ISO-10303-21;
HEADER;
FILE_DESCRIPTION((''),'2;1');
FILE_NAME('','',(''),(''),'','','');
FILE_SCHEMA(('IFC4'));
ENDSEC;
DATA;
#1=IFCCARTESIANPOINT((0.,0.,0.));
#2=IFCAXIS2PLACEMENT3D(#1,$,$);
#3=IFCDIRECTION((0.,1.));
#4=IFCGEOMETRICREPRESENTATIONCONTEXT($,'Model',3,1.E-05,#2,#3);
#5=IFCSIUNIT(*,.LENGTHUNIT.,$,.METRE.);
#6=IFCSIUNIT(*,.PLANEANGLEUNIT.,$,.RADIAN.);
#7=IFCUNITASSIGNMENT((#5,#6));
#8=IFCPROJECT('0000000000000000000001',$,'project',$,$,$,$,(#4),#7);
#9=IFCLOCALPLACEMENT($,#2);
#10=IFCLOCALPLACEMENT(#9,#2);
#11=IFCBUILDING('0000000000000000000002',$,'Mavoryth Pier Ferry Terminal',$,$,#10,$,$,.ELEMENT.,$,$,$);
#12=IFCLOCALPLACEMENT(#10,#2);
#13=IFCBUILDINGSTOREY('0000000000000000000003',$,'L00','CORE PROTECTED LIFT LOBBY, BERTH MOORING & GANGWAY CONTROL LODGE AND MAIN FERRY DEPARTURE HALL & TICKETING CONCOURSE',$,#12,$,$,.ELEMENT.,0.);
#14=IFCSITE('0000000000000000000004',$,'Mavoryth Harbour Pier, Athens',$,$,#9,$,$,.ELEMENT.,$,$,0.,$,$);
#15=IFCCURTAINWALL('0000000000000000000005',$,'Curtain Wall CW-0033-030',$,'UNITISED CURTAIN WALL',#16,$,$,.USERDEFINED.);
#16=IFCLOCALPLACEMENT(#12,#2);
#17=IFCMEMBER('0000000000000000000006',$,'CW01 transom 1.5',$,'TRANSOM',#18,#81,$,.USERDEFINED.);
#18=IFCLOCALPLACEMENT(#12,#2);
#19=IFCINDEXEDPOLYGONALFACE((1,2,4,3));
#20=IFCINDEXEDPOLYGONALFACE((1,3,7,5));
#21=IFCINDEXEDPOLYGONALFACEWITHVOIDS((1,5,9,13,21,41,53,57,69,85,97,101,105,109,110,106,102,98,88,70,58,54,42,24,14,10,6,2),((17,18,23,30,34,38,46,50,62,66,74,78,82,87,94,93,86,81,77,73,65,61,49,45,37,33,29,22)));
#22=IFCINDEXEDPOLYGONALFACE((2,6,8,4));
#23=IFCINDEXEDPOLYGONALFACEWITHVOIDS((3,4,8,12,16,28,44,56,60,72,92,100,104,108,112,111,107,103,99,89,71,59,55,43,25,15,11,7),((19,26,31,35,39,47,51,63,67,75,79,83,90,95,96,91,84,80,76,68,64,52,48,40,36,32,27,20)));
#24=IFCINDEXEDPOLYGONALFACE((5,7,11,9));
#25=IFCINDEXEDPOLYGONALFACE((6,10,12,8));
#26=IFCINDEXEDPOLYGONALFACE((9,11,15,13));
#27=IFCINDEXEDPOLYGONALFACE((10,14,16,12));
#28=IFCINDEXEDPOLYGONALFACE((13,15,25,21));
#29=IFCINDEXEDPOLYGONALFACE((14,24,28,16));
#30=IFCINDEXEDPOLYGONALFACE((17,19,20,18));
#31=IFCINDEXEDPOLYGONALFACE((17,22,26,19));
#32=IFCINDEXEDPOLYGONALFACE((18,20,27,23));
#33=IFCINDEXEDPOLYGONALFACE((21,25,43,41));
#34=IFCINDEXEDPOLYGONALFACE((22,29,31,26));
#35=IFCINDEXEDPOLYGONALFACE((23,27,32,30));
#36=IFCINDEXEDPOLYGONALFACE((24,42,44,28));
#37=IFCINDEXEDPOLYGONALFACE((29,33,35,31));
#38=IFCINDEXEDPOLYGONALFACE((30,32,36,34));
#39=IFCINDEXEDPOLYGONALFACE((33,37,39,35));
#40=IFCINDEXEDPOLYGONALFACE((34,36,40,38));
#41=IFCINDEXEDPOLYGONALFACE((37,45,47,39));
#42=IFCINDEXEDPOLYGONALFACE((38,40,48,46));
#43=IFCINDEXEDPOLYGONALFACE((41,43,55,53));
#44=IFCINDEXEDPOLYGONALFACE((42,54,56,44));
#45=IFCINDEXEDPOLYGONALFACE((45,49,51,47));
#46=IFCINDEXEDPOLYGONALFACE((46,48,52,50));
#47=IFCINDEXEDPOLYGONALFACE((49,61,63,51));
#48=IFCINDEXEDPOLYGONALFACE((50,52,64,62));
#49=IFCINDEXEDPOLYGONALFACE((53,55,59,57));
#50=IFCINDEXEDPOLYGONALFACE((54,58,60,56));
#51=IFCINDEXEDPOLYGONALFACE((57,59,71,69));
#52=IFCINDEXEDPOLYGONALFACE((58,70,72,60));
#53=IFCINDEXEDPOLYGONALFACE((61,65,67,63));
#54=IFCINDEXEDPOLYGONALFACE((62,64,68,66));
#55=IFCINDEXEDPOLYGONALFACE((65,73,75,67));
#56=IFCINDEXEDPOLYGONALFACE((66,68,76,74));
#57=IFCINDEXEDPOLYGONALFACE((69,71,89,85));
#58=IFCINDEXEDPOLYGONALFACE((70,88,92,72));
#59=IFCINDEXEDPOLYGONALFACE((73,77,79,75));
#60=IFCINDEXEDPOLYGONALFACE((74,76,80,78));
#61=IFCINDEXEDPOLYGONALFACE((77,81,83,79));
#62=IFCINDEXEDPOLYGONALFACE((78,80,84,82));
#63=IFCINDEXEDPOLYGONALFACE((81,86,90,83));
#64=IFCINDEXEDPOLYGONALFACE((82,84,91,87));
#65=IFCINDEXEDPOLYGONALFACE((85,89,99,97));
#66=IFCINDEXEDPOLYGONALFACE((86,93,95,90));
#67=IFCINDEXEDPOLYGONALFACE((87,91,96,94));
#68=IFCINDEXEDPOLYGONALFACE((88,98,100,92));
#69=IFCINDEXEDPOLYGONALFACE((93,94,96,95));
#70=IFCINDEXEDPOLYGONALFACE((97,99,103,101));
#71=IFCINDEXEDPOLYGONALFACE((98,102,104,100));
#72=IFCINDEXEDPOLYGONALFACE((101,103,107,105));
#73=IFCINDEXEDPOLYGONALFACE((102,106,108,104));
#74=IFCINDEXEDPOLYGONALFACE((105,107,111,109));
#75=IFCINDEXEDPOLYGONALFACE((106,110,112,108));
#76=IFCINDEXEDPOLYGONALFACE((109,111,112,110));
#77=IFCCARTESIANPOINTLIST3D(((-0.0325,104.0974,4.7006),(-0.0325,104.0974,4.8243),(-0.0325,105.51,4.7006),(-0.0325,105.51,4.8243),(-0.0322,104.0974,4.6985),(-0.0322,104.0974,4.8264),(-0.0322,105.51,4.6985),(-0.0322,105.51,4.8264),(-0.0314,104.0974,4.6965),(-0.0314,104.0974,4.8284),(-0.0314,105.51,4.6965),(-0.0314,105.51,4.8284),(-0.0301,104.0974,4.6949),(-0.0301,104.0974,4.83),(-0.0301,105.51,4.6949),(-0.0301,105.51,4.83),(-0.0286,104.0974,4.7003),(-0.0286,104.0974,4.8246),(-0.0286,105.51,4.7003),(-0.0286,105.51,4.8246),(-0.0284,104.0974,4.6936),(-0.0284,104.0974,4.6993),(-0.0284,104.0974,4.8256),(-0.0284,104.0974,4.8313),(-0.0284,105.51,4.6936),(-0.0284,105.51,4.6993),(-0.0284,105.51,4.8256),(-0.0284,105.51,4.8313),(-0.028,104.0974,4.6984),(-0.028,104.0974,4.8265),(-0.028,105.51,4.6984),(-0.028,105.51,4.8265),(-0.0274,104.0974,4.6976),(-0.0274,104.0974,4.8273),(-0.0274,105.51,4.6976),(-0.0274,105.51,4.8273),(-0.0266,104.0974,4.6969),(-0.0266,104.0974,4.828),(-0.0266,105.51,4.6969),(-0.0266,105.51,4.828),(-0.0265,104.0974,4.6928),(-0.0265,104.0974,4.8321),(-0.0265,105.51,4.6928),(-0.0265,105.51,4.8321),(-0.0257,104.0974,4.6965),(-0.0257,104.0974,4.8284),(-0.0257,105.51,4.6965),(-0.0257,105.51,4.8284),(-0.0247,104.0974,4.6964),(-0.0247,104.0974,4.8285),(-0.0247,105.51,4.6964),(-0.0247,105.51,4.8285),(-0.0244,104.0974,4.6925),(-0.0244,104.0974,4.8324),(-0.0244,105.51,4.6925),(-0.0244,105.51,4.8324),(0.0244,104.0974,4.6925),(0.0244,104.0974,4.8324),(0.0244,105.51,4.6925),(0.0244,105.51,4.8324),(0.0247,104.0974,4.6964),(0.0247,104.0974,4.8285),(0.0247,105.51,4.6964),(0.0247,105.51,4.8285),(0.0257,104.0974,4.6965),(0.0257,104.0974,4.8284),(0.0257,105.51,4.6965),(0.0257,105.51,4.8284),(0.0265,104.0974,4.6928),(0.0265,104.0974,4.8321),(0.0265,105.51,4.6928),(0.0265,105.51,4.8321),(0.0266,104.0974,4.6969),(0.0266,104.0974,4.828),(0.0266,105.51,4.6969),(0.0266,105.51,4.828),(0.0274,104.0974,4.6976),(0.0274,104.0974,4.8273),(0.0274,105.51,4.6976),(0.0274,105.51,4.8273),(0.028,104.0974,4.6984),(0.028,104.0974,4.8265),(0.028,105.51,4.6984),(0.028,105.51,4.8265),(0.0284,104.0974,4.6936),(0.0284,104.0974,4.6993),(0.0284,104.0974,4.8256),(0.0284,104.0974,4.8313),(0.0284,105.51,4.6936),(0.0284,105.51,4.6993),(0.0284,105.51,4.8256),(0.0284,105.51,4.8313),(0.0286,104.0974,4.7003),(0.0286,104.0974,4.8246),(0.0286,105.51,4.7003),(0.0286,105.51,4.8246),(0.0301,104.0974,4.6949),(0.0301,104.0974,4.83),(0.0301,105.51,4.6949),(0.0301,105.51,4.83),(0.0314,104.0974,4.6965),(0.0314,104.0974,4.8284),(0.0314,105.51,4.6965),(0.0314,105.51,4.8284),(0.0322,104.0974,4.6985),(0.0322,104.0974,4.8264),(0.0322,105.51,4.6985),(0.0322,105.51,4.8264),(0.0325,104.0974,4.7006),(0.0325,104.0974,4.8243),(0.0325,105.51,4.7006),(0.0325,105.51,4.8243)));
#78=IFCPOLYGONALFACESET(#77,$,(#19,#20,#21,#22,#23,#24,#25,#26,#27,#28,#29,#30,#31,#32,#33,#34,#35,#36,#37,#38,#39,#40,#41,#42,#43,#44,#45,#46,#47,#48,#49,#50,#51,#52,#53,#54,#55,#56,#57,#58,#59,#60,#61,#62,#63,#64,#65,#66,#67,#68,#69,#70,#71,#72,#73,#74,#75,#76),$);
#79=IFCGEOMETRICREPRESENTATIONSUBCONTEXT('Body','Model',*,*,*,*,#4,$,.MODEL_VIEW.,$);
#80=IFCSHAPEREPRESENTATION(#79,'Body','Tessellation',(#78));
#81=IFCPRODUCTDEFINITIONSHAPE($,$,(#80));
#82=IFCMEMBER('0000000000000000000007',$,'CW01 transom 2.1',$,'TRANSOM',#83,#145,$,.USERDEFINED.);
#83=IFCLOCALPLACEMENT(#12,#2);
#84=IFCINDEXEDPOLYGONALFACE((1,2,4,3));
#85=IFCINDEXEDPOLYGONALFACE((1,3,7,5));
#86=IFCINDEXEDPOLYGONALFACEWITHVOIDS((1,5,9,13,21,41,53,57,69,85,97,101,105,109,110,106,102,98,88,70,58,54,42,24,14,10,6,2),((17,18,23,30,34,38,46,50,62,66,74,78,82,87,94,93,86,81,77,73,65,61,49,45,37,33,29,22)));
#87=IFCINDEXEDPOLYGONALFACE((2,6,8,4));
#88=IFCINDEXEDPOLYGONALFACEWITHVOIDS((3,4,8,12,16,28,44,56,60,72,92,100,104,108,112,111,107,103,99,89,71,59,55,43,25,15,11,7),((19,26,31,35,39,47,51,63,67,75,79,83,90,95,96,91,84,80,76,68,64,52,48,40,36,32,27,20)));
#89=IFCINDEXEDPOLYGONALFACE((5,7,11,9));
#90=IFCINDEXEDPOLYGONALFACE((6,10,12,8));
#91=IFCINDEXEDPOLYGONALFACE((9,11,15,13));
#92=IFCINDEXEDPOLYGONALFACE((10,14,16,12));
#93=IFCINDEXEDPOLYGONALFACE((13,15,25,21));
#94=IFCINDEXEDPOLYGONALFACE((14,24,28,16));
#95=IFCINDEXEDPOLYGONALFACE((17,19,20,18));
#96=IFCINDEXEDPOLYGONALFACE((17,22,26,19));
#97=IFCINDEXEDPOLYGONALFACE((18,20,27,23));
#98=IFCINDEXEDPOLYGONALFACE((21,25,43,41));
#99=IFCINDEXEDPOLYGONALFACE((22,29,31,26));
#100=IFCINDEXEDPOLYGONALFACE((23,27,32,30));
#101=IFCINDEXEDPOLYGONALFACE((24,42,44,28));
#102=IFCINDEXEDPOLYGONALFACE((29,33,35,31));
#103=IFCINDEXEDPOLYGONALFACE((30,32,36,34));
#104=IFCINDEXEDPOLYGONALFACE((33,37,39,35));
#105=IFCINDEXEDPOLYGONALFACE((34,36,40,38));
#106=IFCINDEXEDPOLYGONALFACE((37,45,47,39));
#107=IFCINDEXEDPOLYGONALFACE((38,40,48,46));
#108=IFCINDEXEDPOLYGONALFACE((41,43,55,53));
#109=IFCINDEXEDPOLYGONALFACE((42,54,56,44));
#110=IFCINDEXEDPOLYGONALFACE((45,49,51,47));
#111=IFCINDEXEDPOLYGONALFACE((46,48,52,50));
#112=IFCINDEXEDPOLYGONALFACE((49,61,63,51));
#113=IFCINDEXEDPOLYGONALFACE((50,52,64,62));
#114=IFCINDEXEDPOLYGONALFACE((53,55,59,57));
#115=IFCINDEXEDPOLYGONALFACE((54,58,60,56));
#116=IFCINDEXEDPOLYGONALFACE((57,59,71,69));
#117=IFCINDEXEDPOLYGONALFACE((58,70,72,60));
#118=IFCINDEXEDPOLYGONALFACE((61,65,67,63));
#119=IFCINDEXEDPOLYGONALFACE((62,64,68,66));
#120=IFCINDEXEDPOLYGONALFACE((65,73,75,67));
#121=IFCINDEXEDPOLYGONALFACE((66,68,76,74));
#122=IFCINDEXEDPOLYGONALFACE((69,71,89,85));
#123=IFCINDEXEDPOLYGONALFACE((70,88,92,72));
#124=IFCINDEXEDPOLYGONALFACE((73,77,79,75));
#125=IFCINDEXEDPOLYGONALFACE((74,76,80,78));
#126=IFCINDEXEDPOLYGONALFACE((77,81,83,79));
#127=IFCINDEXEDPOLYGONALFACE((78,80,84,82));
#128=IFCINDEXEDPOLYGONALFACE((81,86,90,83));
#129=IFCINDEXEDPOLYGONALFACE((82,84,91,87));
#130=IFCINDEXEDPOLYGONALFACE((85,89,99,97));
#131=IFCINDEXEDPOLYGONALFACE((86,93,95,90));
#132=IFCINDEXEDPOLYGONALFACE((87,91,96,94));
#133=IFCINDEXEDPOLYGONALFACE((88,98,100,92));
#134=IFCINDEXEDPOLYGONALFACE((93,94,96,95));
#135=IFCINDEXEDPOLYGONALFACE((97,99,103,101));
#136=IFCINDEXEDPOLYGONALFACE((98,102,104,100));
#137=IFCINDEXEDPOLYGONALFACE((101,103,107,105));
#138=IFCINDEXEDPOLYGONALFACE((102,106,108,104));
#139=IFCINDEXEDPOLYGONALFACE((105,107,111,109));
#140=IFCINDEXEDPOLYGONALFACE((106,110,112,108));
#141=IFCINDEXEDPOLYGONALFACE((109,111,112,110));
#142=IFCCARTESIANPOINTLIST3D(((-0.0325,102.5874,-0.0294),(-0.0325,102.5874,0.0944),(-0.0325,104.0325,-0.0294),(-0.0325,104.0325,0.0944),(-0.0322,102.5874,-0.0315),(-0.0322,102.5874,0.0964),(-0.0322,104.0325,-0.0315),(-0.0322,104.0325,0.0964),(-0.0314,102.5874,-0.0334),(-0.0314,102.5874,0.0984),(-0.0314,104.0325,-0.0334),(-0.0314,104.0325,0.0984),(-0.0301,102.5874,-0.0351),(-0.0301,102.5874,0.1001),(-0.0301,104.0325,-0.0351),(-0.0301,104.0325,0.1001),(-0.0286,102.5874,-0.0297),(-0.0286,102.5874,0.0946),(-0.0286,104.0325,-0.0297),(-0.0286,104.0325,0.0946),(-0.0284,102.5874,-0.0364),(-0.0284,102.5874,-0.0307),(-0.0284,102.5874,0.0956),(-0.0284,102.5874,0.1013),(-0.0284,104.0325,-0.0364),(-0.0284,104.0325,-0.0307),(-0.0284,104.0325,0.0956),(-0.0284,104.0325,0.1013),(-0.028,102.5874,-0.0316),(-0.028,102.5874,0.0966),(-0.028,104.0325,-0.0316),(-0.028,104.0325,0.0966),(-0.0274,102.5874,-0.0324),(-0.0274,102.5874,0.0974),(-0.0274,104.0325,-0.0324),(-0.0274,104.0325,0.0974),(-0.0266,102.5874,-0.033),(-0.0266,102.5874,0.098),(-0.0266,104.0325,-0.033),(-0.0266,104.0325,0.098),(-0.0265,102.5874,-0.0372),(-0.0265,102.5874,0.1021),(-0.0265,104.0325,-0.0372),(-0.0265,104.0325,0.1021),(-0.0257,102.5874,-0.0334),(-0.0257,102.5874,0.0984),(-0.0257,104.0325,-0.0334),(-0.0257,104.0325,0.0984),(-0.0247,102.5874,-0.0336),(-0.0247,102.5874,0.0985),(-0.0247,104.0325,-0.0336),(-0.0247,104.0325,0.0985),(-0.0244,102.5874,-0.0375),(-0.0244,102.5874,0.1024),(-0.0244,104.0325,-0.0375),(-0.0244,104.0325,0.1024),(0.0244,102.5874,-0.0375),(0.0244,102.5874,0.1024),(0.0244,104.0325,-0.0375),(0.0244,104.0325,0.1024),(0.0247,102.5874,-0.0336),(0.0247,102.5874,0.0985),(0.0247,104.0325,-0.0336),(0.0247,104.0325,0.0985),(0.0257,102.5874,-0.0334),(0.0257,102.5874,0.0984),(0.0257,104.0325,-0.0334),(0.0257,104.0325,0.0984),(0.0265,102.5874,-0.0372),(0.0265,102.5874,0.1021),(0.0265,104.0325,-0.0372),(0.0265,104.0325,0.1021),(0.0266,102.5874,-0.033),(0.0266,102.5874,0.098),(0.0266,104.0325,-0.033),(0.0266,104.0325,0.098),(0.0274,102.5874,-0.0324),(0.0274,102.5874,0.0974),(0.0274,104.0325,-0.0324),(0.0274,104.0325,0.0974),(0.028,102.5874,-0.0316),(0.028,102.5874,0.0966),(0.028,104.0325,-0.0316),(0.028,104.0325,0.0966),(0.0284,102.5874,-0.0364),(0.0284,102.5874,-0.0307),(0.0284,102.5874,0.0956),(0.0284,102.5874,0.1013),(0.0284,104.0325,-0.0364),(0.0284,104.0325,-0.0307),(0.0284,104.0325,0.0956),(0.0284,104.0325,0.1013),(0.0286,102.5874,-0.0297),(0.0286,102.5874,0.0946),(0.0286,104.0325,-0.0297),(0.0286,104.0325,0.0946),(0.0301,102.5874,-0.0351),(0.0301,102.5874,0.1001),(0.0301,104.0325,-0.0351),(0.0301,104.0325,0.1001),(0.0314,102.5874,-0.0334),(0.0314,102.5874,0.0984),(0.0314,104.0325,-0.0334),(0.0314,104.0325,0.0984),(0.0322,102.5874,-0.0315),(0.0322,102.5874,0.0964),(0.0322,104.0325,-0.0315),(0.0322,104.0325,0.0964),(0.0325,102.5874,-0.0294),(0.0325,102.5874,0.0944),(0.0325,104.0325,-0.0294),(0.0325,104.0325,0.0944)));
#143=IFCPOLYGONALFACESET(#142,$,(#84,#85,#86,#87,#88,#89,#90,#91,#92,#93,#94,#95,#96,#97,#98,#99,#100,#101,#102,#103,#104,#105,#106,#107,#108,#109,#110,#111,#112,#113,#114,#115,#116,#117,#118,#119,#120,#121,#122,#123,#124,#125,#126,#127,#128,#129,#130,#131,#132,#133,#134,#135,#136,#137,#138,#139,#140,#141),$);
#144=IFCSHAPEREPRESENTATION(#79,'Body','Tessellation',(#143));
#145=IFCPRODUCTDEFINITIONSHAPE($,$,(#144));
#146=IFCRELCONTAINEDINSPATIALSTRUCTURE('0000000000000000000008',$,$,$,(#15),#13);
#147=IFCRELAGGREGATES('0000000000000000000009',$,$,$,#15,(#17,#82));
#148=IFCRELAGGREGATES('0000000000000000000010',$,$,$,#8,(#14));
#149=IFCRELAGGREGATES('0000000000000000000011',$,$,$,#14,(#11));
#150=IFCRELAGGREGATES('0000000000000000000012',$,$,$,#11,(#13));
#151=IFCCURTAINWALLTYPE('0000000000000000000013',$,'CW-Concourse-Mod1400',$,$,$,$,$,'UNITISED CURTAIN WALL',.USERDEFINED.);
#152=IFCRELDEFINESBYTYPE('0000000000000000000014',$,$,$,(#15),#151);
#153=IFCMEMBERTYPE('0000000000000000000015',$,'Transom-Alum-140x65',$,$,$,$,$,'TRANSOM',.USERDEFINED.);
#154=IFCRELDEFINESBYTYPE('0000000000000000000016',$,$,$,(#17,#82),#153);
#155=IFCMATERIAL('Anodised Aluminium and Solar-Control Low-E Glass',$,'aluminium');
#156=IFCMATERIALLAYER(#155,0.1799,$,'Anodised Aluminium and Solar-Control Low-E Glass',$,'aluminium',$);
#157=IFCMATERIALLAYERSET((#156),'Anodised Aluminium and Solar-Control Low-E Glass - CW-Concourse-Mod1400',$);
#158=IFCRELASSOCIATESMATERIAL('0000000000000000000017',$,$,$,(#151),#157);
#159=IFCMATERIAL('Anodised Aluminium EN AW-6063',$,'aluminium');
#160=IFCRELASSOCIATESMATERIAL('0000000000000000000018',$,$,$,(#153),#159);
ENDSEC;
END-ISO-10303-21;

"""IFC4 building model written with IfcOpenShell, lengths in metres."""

from ifc_helpers import new_model, si_unit, direction, frame, origin, origin_2d, place, context, subcontext, project, spatial, hollow_rectangle, extrude, material, layer, layer_set, material_profile, profile_set, type_object, element, aggregate, save


model = new_model("IFC4")

# Units and contexts
model_context = context("Model", 3, precision=1e-05, world=origin(), true_north=direction((0.0, 1.0)))
body_context = subcontext(model_context, "Body", "Model", "MODEL_VIEW")
ifc_project = project(units=[si_unit("LENGTHUNIT", "METRE"), si_unit("PLANEANGLEUNIT", "RADIAN")], contexts=[model_context])

# Site, building, storey
site_placement = place(None, origin())
site = spatial("IfcSite", under=ifc_project, at=site_placement, Name="Mavoryth Harbour Pier, Athens", CompositionType="ELEMENT", RefElevation=0.0)
building_placement = place(site_placement, origin())
building = spatial("IfcBuilding", under=site, at=building_placement, Name="Mavoryth Pier Ferry Terminal", CompositionType="ELEMENT")
storey_placement = place(building_placement, origin())
storey = spatial("IfcBuildingStorey", under=building, at=storey_placement, Name="L00", Description="CORE PROTECTED LIFT LOBBY, BERTH MOORING & GANGWAY CONTROL LODGE AND MAIN FERRY DEPARTURE HALL & TICKETING CONCOURSE", CompositionType="ELEMENT", Elevation=0.0)

# Curtain wall, members
ifc_material_1 = material(Name="Anodised Aluminium and Solar-Control Low-E Glass", Category="aluminium")
ifc_layer_1 = layer(ifc_material_1, 0.1799, Name="Anodised Aluminium and Solar-Control Low-E Glass", Category="aluminium")
ifc_layer_set_1 = layer_set([ifc_layer_1], Name="Anodised Aluminium and Solar-Control Low-E Glass - CW-Concourse-Mod1400")
curtain_wall_type = type_object("IfcCurtainWallType", Name="CW-Concourse-Mod1400", ElementType="UNITISED CURTAIN WALL", PredefinedType="USERDEFINED", material=ifc_layer_set_1)
curtain_wall_placement = place(storey_placement, origin())
curtain_wall = element("IfcCurtainWall", 1, at=curtain_wall_placement, inside=storey, type_object=curtain_wall_type, Name="Curtain Wall CW-0033-030", ObjectType="UNITISED CURTAIN WALL", PredefinedType="USERDEFINED")
ifc_material_2 = material(Name="Anodised Aluminium EN AW-6063", Category="aluminium")
ifc_material_profile_1 = material_profile(ifc_material_2, hollow_rectangle(XDim=0.0649, YDim=0.1399, WallThickness=0.0039, InnerFilletRadius=0.0039, OuterFilletRadius=0.0081, at=origin_2d()), Name="AL-TRAN 140x65x4", Category="aluminium")
ifc_profile_set_1 = profile_set([ifc_material_profile_1], Name="Anodised Aluminium EN AW-6063 - AL-TRAN 140x65x4")
member_type_1 = type_object("IfcMemberType", Name="Transom-Alum-140x65", ElementType="TRANSOM", PredefinedType="USERDEFINED", material=ifc_profile_set_1)
member_1_placement = place(storey_placement, frame((0.0, 105.51, 4.7625), z_axis=(0.0, -1.0, 0.0), x_axis=(1.0, 0.0, 0.0)))
member_1 = element("IfcMember", 2, at=member_1_placement, type_object=member_type_1, Name="CW01 transom 1.5", ObjectType="TRANSOM", PredefinedType="USERDEFINED", context=body_context, shape_type="SweptSolid", body=[
    extrude(hollow_rectangle(XDim=0.0649, YDim=0.1399, WallThickness=0.0039, InnerFilletRadius=0.0039, OuterFilletRadius=0.0081, at=origin_2d()), origin(), (0.0, 0.0, 1.0), 1.4126),
])
member_2_placement = place(storey_placement, frame((0.0, 104.0325, 0.0325), z_axis=(0.0, -1.0, 0.0), x_axis=(1.0, 0.0, 0.0)))
member_2 = element("IfcMember", 3, at=member_2_placement, type_object=member_type_1, Name="CW01 transom 2.1", ObjectType="TRANSOM", PredefinedType="USERDEFINED", context=body_context, shape_type="SweptSolid", body=[
    extrude(hollow_rectangle(XDim=0.0649, YDim=0.1399, WallThickness=0.0039, InnerFilletRadius=0.0039, OuterFilletRadius=0.0081, at=origin_2d()), origin(), (0.0, 0.0, 1.0), 1.4451),
])
aggregate(curtain_wall, [member_1, member_2])

save(model, "model.ifc")
